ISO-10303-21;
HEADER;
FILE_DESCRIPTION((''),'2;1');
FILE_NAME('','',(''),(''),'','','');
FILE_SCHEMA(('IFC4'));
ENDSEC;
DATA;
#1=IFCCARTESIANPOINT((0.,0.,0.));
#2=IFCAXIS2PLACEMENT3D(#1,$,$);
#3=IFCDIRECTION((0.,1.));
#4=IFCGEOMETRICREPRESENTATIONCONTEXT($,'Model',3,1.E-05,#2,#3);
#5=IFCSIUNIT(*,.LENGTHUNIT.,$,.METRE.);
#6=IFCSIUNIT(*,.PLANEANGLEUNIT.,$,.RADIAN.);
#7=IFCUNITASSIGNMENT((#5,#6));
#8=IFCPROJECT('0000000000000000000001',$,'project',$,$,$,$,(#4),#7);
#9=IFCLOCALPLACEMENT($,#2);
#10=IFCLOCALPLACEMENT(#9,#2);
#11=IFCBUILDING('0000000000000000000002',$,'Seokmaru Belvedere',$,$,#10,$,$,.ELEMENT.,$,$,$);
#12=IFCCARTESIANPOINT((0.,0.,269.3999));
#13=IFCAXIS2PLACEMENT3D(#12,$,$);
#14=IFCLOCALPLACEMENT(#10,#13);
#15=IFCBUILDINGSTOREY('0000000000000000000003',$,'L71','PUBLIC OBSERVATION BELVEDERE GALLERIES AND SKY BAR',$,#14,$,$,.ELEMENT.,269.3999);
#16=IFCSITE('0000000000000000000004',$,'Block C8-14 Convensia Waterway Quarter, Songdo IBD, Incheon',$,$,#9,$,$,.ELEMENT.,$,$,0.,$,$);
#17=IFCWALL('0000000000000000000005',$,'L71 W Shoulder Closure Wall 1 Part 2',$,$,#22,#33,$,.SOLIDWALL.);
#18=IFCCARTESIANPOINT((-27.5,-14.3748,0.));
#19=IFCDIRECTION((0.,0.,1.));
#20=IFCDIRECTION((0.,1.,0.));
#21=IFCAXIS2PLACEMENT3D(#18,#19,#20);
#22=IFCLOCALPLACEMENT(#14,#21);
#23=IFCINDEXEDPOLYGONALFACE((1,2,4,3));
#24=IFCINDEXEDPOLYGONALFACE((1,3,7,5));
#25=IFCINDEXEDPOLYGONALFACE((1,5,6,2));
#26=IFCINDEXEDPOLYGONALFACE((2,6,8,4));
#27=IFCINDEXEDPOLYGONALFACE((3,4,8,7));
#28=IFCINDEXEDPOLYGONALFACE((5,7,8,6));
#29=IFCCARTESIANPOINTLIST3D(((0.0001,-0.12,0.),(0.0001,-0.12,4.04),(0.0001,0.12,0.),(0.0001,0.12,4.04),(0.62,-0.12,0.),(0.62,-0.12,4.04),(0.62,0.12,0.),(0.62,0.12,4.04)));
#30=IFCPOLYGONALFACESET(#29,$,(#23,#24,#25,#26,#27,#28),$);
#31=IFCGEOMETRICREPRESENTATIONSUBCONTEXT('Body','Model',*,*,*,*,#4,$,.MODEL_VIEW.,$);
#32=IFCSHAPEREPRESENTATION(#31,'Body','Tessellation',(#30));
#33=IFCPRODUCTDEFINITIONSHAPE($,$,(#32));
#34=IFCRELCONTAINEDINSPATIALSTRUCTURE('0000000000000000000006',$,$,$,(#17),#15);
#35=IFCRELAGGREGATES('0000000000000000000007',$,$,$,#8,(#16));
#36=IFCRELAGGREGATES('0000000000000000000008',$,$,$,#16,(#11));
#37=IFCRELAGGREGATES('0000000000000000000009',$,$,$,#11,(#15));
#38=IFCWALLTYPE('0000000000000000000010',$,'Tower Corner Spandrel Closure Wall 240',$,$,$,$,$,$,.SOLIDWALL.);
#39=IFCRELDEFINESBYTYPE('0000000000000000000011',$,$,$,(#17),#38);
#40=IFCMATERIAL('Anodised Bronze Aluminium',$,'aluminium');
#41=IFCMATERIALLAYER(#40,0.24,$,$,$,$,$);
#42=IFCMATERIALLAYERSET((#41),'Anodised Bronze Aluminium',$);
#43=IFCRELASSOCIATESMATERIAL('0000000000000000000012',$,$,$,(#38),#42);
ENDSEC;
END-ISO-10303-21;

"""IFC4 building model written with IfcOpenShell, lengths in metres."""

from ifc_helpers import new_model, si_unit, direction, frame, frame_2d, origin, place, context, subcontext, project, spatial, rectangle, extrude, material, layer, layer_set, type_object, element, save


model = new_model("IFC4")

# Units and contexts
model_context = context("Model", 3, precision=1e-05, world=origin(), true_north=direction((0.0, 1.0)))
body_context = subcontext(model_context, "Body", "Model", "MODEL_VIEW")
ifc_project = project(units=[si_unit("LENGTHUNIT", "METRE"), si_unit("PLANEANGLEUNIT", "RADIAN")], contexts=[model_context])

# Site, building, storey
site_placement = place(None, origin())
site = spatial("IfcSite", under=ifc_project, at=site_placement, Name="Block C8-14 Convensia Waterway Quarter, Songdo IBD, Incheon", CompositionType="ELEMENT", RefElevation=0.0)
building_placement = place(site_placement, origin())
building = spatial("IfcBuilding", under=site, at=building_placement, Name="Seokmaru Belvedere", CompositionType="ELEMENT")
storey_placement = place(building_placement, frame((0.0, 0.0, 269.3999)))
storey = spatial("IfcBuildingStorey", under=building, at=storey_placement, Name="L71", Description="PUBLIC OBSERVATION BELVEDERE GALLERIES AND SKY BAR", CompositionType="ELEMENT", Elevation=269.3999)

# Shared definitions
ifc_material_1 = material(Name="Anodised Bronze Aluminium", Category="aluminium")

# Wall
ifc_layer_1 = layer(ifc_material_1, 0.24)
ifc_layer_set_1 = layer_set([ifc_layer_1], Name="Anodised Bronze Aluminium")
wall_type_1 = type_object("IfcWallType", Name="Tower Corner Spandrel Closure Wall 240", PredefinedType="SOLIDWALL", material=ifc_layer_set_1)
wall_1_placement = place(storey_placement, frame((-27.5, -14.3748, 0.0), z_axis=(0.0, 0.0, 1.0), x_axis=(0.0, 1.0, 0.0)))
element("IfcWall", 1, at=wall_1_placement, inside=storey, type_object=wall_type_1, Name="L71 W Shoulder Closure Wall 1 Part 2", PredefinedType="SOLIDWALL", context=body_context, shape_type="SweptSolid", body=[
    extrude(rectangle(XDim=0.6199, YDim=0.24, at=frame_2d((0.3101, 0.0))), origin(), (0.0, 0.0, 1.0), 4.04),
])

save(model, "model.ifc")
